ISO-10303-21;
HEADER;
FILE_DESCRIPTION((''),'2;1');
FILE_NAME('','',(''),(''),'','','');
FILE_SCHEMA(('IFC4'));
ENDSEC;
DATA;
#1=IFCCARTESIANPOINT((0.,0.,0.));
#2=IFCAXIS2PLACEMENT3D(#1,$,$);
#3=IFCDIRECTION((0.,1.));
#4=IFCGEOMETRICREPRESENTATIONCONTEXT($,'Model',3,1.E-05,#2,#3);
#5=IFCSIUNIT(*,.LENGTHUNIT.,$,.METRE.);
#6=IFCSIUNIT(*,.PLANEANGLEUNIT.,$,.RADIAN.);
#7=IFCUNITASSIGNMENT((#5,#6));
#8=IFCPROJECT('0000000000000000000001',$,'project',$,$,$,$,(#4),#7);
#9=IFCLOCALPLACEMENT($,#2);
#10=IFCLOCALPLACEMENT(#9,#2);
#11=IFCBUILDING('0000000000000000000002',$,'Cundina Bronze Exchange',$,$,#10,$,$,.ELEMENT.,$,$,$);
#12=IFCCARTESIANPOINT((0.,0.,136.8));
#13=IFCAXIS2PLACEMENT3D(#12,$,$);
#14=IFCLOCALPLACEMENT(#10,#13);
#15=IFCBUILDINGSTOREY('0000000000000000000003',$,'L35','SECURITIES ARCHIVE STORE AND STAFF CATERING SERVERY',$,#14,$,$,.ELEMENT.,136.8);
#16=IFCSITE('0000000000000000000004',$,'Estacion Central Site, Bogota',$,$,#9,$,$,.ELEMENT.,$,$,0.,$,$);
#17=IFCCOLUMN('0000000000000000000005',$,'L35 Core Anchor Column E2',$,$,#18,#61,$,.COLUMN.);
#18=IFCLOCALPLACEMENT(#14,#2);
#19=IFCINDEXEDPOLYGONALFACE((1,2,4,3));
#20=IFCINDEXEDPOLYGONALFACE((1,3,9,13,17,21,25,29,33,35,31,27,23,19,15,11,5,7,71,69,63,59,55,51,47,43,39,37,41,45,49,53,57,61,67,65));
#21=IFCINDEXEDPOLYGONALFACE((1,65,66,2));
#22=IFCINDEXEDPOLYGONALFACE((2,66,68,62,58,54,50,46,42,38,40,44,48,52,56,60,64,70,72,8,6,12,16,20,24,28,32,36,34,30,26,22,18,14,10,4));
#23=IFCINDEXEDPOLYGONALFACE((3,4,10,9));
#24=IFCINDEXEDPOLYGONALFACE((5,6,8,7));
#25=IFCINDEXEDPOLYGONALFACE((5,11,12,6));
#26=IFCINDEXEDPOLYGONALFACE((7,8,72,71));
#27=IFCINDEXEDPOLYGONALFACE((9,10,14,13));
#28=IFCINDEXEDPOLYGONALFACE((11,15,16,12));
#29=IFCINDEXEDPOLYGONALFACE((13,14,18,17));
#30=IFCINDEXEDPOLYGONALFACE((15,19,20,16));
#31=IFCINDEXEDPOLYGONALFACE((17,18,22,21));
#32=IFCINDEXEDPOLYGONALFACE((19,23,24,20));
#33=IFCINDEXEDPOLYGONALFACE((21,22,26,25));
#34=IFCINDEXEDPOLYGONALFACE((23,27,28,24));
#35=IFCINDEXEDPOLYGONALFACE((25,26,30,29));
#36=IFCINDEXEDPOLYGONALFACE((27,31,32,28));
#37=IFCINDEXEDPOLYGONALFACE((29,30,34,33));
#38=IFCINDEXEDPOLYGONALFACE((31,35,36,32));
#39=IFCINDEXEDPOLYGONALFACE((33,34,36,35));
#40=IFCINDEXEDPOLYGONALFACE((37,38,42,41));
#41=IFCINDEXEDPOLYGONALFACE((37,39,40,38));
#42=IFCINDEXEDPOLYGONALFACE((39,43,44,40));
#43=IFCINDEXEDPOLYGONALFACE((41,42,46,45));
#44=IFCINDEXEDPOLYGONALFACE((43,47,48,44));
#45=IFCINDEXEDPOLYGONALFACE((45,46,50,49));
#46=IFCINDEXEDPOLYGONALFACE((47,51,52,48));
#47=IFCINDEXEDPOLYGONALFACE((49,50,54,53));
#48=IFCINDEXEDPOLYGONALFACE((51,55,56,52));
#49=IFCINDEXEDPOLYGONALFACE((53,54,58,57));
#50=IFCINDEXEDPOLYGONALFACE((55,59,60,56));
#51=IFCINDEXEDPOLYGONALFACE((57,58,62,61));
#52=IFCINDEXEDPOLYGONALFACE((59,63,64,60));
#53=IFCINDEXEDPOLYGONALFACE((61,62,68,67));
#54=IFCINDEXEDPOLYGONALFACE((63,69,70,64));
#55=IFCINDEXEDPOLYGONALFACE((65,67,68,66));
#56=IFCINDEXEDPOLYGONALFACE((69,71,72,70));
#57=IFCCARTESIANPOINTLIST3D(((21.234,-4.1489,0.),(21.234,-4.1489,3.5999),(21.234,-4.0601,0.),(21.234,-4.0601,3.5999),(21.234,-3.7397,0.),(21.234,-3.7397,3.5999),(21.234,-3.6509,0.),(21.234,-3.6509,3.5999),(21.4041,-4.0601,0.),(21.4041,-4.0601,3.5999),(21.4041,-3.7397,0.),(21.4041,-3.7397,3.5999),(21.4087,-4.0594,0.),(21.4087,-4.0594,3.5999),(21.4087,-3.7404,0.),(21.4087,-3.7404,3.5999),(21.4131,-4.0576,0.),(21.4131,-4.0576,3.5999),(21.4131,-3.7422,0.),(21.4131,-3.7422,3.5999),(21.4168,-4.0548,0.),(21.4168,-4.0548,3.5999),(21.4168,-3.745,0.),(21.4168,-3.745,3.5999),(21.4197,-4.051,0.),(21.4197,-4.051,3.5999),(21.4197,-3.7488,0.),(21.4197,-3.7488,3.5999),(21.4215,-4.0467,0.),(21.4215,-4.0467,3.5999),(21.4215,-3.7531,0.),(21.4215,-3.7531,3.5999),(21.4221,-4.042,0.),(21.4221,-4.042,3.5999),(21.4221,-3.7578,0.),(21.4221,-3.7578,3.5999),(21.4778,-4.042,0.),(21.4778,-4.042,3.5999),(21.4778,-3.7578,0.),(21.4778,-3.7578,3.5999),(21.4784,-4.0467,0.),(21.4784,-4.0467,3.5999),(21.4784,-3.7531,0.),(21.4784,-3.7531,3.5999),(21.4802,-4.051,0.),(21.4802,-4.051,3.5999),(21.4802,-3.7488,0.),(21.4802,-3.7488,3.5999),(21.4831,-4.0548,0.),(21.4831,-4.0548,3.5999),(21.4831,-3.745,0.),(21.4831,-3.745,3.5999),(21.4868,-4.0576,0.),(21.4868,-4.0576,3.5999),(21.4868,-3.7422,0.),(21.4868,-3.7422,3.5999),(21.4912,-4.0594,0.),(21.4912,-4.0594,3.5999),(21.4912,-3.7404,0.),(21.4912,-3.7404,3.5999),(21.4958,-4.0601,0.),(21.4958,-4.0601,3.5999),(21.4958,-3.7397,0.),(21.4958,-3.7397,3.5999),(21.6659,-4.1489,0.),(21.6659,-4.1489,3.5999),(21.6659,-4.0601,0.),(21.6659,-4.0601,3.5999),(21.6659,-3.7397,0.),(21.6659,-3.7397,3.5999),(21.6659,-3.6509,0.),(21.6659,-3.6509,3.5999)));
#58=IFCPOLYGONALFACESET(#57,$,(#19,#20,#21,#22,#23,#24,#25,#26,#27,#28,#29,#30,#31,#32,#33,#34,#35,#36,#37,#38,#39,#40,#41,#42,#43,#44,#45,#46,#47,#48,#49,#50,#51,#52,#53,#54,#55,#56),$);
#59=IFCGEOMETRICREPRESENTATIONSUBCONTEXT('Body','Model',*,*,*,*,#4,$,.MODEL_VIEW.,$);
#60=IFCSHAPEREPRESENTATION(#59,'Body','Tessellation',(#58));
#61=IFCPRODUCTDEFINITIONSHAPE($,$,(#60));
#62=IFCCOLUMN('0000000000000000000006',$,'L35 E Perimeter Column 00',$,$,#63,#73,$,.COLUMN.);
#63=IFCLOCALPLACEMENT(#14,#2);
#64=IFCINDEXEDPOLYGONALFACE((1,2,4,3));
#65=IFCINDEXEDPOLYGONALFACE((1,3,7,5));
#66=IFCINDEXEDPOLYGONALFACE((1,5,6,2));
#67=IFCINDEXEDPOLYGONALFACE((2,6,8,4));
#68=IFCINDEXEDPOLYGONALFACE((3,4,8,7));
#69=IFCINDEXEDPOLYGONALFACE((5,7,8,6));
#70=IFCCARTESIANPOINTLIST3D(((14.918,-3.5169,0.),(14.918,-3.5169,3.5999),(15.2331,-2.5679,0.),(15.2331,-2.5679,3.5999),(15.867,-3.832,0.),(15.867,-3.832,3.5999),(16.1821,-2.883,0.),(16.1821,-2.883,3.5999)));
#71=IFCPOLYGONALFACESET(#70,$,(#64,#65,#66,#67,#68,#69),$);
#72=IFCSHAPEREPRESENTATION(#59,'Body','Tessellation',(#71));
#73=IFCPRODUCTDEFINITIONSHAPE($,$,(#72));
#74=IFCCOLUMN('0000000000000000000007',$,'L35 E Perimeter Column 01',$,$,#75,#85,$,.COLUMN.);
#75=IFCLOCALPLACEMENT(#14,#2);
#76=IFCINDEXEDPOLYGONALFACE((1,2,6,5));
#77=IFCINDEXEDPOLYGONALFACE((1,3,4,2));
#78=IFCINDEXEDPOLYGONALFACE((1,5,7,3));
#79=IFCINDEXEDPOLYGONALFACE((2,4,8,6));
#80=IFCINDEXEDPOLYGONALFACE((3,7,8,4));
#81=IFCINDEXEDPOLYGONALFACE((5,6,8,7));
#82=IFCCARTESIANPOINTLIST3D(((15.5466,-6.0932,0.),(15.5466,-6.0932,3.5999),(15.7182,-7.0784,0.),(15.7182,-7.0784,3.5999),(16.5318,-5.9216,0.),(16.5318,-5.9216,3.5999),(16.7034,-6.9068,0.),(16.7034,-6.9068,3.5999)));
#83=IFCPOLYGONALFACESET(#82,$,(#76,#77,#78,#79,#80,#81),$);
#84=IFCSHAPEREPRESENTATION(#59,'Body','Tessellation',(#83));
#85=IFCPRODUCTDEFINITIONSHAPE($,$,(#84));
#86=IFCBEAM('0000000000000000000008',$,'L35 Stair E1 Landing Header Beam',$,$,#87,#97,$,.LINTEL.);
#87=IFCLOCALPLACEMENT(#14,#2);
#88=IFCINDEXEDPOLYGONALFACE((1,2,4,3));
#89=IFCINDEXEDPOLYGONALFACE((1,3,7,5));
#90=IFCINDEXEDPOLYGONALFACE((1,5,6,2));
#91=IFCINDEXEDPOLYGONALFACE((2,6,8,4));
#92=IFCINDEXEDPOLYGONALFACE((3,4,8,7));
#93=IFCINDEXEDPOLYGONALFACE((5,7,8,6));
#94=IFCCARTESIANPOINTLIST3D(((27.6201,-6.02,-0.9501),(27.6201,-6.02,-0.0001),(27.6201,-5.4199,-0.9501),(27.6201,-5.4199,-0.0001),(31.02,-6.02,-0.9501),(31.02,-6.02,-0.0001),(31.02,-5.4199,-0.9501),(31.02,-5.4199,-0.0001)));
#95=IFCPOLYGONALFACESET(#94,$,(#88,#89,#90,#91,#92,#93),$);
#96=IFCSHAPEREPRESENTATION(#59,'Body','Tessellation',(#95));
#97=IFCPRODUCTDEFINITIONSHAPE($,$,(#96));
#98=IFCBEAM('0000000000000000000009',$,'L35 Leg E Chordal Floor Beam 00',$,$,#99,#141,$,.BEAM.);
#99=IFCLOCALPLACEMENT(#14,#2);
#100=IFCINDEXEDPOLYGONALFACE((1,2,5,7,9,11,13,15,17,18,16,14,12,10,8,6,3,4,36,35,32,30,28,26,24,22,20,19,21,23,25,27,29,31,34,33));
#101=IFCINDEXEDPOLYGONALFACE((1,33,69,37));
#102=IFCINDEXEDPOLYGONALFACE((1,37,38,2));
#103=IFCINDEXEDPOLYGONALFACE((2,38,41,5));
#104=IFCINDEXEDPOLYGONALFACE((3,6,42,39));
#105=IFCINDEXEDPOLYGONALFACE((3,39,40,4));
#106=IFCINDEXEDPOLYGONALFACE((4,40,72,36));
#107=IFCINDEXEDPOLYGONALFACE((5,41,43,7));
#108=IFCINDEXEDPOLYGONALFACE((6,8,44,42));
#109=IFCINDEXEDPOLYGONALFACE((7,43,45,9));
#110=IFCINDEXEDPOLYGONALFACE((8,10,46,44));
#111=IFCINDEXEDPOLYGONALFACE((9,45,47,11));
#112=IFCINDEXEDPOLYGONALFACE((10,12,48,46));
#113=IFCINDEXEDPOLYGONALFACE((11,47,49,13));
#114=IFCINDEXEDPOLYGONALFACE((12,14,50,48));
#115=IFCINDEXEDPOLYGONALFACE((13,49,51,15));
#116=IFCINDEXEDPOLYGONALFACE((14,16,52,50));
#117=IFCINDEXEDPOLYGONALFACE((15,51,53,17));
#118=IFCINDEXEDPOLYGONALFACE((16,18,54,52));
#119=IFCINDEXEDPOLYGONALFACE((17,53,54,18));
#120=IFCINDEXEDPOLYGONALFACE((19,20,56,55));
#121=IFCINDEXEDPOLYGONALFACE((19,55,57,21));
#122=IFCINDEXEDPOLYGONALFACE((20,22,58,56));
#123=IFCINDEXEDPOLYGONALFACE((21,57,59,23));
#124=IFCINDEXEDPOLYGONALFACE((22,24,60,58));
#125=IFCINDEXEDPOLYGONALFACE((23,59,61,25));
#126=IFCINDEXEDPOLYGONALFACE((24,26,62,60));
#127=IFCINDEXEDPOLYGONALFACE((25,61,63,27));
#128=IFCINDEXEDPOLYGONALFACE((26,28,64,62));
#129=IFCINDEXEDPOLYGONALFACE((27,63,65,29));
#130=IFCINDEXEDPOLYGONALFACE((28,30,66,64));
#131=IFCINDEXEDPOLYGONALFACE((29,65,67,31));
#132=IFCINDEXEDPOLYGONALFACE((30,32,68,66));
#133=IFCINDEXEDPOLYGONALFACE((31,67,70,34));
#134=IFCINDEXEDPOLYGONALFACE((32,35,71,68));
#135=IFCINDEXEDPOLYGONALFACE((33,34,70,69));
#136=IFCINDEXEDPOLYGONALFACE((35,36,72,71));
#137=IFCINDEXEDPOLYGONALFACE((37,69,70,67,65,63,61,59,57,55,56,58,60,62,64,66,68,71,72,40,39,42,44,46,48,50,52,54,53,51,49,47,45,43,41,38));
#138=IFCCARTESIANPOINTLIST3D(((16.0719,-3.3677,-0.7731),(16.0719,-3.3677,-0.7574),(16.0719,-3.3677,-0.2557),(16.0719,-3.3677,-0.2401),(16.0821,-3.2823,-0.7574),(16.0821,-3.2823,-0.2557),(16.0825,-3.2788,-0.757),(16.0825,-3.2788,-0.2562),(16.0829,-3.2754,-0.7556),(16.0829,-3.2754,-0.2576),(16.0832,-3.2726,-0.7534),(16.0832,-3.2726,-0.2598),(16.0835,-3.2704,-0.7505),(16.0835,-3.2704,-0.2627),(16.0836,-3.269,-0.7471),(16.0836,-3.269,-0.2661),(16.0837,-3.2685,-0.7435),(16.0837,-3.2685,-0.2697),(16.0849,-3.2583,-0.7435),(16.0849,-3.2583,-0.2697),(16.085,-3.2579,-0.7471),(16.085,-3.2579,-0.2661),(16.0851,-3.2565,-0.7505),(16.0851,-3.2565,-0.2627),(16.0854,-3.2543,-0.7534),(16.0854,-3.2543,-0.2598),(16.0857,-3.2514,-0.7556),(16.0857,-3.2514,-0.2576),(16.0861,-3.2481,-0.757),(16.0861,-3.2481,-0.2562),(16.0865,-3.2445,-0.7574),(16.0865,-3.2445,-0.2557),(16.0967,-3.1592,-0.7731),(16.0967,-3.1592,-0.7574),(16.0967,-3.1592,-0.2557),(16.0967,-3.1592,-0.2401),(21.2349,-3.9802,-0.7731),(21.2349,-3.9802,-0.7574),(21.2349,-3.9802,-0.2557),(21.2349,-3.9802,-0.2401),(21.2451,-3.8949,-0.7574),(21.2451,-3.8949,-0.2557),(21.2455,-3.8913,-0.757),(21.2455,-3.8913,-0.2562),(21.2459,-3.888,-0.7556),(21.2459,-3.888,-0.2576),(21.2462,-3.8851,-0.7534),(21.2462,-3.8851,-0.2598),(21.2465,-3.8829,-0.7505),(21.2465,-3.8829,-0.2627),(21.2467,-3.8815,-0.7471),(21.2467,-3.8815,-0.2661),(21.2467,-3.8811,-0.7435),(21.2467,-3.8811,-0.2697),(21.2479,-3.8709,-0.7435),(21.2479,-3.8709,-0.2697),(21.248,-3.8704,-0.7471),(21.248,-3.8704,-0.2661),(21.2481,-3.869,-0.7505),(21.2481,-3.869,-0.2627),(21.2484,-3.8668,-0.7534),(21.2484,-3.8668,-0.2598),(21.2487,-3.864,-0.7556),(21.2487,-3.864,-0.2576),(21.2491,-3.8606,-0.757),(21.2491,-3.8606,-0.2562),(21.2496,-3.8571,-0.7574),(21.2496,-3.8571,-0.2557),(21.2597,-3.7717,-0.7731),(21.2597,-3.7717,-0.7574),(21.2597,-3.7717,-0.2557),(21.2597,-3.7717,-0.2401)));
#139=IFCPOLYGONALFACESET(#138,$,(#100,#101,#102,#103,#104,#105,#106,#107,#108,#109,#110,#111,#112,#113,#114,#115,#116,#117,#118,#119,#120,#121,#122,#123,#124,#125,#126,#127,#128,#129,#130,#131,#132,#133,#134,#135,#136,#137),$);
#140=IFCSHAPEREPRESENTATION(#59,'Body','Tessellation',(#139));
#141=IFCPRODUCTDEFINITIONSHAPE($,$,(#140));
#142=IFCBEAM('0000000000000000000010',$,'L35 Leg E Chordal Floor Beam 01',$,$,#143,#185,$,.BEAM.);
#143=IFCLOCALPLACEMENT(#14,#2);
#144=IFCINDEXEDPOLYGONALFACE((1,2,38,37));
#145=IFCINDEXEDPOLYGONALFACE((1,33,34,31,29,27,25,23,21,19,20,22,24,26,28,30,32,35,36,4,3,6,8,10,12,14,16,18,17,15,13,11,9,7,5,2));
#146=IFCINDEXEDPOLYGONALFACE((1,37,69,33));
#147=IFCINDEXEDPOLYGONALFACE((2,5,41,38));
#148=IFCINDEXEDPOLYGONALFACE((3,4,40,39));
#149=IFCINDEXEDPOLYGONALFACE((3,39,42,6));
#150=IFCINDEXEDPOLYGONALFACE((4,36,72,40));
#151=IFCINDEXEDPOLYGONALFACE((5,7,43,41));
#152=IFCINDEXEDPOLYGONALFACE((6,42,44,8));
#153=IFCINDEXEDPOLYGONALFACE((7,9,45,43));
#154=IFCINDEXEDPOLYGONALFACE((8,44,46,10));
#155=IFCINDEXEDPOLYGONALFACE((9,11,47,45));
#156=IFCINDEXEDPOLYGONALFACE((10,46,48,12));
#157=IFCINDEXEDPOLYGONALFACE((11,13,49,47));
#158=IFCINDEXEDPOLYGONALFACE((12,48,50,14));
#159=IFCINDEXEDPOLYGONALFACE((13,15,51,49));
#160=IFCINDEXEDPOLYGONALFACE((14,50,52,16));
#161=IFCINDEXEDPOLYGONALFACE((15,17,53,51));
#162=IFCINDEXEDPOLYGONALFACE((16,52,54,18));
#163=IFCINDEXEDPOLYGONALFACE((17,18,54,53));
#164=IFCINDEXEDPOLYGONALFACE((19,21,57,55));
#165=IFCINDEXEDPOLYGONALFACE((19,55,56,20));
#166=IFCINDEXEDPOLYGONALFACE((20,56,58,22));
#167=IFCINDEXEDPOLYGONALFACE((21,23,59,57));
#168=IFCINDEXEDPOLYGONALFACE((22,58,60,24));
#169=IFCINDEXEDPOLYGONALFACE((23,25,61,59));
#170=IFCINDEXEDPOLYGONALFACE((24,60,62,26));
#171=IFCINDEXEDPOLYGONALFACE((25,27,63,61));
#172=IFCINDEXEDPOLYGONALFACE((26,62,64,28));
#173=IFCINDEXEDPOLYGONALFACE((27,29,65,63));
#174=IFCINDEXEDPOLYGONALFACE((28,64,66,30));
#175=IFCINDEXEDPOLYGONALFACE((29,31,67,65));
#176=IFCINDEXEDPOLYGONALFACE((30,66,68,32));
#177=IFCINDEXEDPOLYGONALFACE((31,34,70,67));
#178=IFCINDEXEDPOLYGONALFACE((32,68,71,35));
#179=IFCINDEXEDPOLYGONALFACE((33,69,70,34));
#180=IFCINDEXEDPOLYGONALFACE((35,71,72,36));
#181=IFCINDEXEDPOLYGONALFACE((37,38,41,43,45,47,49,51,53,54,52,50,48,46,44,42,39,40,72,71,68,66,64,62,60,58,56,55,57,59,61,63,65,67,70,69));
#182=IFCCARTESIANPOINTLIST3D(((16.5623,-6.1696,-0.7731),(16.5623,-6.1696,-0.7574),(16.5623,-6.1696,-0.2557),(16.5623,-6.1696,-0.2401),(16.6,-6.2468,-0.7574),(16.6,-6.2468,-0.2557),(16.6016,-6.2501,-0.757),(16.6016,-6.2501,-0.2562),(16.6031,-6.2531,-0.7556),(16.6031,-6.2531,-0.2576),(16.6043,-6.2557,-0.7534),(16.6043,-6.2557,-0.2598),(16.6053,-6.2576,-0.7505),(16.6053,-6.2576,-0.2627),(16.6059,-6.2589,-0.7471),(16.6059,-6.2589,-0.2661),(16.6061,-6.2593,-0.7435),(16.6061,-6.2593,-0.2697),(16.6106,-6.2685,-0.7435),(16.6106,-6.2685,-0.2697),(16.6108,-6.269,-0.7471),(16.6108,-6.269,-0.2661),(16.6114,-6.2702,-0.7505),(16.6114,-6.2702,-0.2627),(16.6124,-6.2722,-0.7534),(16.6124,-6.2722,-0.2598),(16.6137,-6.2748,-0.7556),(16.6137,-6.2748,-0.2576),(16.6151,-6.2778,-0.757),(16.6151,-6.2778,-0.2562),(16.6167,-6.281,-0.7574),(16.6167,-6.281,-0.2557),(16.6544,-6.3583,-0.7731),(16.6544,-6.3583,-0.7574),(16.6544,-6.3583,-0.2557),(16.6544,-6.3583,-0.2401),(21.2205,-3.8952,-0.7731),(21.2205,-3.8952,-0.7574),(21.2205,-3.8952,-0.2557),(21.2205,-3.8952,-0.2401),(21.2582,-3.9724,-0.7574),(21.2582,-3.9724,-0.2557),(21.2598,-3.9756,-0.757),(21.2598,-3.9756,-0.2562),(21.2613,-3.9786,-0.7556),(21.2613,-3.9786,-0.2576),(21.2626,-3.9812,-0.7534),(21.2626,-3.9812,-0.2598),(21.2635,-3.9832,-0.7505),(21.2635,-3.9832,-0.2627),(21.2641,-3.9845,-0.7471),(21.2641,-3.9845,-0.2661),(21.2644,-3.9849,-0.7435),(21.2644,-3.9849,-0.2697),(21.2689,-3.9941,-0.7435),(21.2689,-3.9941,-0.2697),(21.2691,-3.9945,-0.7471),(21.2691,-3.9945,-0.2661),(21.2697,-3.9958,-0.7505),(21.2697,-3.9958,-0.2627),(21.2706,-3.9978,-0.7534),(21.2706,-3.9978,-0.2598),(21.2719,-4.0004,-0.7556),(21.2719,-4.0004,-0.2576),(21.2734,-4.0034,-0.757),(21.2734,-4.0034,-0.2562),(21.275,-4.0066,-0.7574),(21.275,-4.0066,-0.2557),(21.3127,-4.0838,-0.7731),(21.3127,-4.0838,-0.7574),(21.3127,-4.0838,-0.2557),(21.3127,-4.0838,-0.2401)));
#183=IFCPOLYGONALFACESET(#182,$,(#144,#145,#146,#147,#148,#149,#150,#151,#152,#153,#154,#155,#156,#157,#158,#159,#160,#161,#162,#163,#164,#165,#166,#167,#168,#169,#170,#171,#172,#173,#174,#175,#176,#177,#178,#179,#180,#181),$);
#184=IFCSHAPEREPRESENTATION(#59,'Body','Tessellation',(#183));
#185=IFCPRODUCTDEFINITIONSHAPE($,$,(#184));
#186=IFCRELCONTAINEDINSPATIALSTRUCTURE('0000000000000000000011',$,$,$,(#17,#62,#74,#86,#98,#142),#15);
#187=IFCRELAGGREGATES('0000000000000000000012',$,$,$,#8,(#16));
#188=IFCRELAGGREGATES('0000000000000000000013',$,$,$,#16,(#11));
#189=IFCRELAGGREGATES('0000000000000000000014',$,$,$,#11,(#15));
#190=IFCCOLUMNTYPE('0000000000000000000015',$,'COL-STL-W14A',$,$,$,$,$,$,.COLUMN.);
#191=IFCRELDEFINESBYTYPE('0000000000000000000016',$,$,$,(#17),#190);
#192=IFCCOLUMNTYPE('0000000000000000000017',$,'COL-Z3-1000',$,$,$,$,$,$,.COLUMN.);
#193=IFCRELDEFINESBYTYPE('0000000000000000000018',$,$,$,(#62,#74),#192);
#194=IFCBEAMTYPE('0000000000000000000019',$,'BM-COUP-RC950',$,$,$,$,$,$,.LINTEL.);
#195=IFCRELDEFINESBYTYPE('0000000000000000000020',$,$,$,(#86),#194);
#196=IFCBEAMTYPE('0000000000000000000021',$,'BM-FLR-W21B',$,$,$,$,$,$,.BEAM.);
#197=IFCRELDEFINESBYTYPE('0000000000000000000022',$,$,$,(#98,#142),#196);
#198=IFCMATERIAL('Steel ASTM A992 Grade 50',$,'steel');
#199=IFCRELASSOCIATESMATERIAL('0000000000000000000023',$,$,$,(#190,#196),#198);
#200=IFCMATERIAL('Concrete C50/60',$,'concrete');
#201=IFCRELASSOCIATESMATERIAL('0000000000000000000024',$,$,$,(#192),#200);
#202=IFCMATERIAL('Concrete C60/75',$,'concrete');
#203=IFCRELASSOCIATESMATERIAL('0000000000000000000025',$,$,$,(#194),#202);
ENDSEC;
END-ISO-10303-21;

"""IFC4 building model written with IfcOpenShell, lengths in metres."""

from ifc_helpers import new_model, si_unit, direction, frame, origin, origin_2d, place, context, subcontext, project, spatial, rectangle, i_section, extrude, material, material_profile, profile_set, type_object, element, save


model = new_model("IFC4")

# Units and contexts
model_context = context("Model", 3, precision=1e-05, world=origin(), true_north=direction((0.0, 1.0)))
body_context = subcontext(model_context, "Body", "Model", "MODEL_VIEW")
ifc_project = project(units=[si_unit("LENGTHUNIT", "METRE"), si_unit("PLANEANGLEUNIT", "RADIAN")], contexts=[model_context])

# Site, building, storey
site_placement = place(None, origin())
site = spatial("IfcSite", under=ifc_project, at=site_placement, Name="Estacion Central Site, Bogota", CompositionType="ELEMENT", RefElevation=0.0)
building_placement = place(site_placement, origin())
building = spatial("IfcBuilding", under=site, at=building_placement, Name="Cundina Bronze Exchange", CompositionType="ELEMENT")
storey_placement = place(building_placement, frame((0.0, 0.0, 136.8)))
storey = spatial("IfcBuildingStorey", under=building, at=storey_placement, Name="L35", Description="SECURITIES ARCHIVE STORE AND STAFF CATERING SERVERY", CompositionType="ELEMENT", Elevation=136.8)

# Columns
ifc_material_1 = material(Name="Steel ASTM A992 Grade 50", Category="steel")
ifc_material_profile_1 = material_profile(ifc_material_1, i_section(OverallWidth=0.4319, OverallDepth=0.498, WebThickness=0.0557, FlangeThickness=0.0889, FilletRadius=0.0181, at=origin_2d()), Name="W14X500", Category="steel")
ifc_profile_set_1 = profile_set([ifc_material_profile_1], Name="Steel ASTM A992 Grade 50")
column_type_1 = type_object("IfcColumnType", Name="COL-STL-W14A", PredefinedType="COLUMN", material=ifc_profile_set_1)
column_placement = place(storey_placement, frame((21.45, -3.8999, 0.0), z_axis=(0.0, 0.0, 1.0), x_axis=(1.0, 0.0, 0.0)))
element("IfcColumn", 1, at=column_placement, inside=storey, type_object=column_type_1, Name="L35 Core Anchor Column E2", PredefinedType="COLUMN", context=body_context, shape_type="SweptSolid", body=[
    extrude(i_section(OverallWidth=0.4319, OverallDepth=0.498, WebThickness=0.0557, FlangeThickness=0.0889, FilletRadius=0.0181, at=origin_2d()), origin(), (0.0, 0.0, 1.0), 3.5999),
])
ifc_material_2 = material(Name="Concrete C50/60", Category="concrete")
ifc_material_profile_2 = material_profile(ifc_material_2, rectangle(XDim=1.0, YDim=1.0, at=origin_2d()), Name="RC1000X1000", Category="concrete")
ifc_profile_set_2 = profile_set([ifc_material_profile_2], Name="Concrete C50/60")
column_type_2 = type_object("IfcColumnType", Name="COL-Z3-1000", PredefinedType="COLUMN", material=ifc_profile_set_2)
for number, where, z_axis, x_axis, name in (
    (2, (15.55, -3.2, 0.0), (0.0, 0.0, 1.0), (-0.315152, -0.949041, 0.0), "L35 E Perimeter Column 00"),
    (3, (16.125, -6.5, 0.0), (0.0, 0.0, 1.0), (0.171585, -0.985169, 0.0), "L35 E Perimeter Column 01"),
):
    element("IfcColumn", number, at=place(storey_placement, frame(where, z_axis=z_axis, x_axis=x_axis)), inside=storey, type_object=column_type_2, Name=name, PredefinedType="COLUMN", context=body_context, shape_type="SweptSolid", body=[
        extrude(rectangle(XDim=1.0, YDim=1.0, at=origin_2d()), origin(), (0.0, 0.0, 1.0), 3.5999),
    ])

# Beams
ifc_material_3 = material(Name="Concrete C60/75", Category="concrete")
ifc_material_profile_3 = material_profile(ifc_material_3, rectangle(XDim=0.6001, YDim=0.95, at=origin_2d()), Name="RC600X950", Category="concrete")
ifc_profile_set_3 = profile_set([ifc_material_profile_3], Name="Concrete C60/75")
beam_type_1 = type_object("IfcBeamType", Name="BM-COUP-RC950", PredefinedType="LINTEL", material=ifc_profile_set_3)
beam_1_placement = place(storey_placement, frame((27.6201, -5.72, -0.4751), z_axis=(1.0, 0.0, 0.0), x_axis=(0.0, 1.0, 0.0)))
element("IfcBeam", 4, at=beam_1_placement, inside=storey, type_object=beam_type_1, Name="L35 Stair E1 Landing Header Beam", PredefinedType="LINTEL", context=body_context, shape_type="SweptSolid", body=[
    extrude(rectangle(XDim=0.6001, YDim=0.95, at=origin_2d()), origin(), (0.0, 0.0, 1.0), 3.3999),
])
ifc_material_profile_4 = material_profile(ifc_material_1, i_section(OverallWidth=0.21, OverallDepth=0.533, WebThickness=0.0103, FlangeThickness=0.0156, FilletRadius=0.0139, at=origin_2d()), Name="W21X62", Category="steel")
ifc_profile_set_4 = profile_set([ifc_material_profile_4], Name="Steel ASTM A992 Grade 50")
beam_type_2 = type_object("IfcBeamType", Name="BM-FLR-W21B", PredefinedType="BEAM", material=ifc_profile_set_4)
beam_2_placement = place(storey_placement, frame((21.2473, -3.876, -0.5066), z_axis=(-0.993036, 0.117814, 0.0), x_axis=(-0.117814, -0.993036, 0.0)))
element("IfcBeam", 5, at=beam_2_placement, inside=storey, type_object=beam_type_2, Name="L35 Leg E Chordal Floor Beam 00", PredefinedType="BEAM", context=body_context, shape_type="SweptSolid", body=[
    extrude(i_section(OverallWidth=0.21, OverallDepth=0.533, WebThickness=0.0103, FlangeThickness=0.0156, FilletRadius=0.0139, at=origin_2d()), origin(), (0.0, 0.0, 1.0), 5.1992),
])
beam_3_placement = place(storey_placement, frame((21.2666, -3.9895, -0.5066), z_axis=(-0.898607, -0.438754, 0.0), x_axis=(0.438754, -0.898607, 0.0)))
element("IfcBeam", 6, at=beam_3_placement, inside=storey, type_object=beam_type_2, Name="L35 Leg E Chordal Floor Beam 01", PredefinedType="BEAM", context=body_context, shape_type="SweptSolid", body=[
    extrude(i_section(OverallWidth=0.21, OverallDepth=0.533, WebThickness=0.0103, FlangeThickness=0.0156, FilletRadius=0.0139, at=origin_2d()), origin(), (0.0, 0.0, 1.0), 5.1838),
])

save(model, "model.ifc")
